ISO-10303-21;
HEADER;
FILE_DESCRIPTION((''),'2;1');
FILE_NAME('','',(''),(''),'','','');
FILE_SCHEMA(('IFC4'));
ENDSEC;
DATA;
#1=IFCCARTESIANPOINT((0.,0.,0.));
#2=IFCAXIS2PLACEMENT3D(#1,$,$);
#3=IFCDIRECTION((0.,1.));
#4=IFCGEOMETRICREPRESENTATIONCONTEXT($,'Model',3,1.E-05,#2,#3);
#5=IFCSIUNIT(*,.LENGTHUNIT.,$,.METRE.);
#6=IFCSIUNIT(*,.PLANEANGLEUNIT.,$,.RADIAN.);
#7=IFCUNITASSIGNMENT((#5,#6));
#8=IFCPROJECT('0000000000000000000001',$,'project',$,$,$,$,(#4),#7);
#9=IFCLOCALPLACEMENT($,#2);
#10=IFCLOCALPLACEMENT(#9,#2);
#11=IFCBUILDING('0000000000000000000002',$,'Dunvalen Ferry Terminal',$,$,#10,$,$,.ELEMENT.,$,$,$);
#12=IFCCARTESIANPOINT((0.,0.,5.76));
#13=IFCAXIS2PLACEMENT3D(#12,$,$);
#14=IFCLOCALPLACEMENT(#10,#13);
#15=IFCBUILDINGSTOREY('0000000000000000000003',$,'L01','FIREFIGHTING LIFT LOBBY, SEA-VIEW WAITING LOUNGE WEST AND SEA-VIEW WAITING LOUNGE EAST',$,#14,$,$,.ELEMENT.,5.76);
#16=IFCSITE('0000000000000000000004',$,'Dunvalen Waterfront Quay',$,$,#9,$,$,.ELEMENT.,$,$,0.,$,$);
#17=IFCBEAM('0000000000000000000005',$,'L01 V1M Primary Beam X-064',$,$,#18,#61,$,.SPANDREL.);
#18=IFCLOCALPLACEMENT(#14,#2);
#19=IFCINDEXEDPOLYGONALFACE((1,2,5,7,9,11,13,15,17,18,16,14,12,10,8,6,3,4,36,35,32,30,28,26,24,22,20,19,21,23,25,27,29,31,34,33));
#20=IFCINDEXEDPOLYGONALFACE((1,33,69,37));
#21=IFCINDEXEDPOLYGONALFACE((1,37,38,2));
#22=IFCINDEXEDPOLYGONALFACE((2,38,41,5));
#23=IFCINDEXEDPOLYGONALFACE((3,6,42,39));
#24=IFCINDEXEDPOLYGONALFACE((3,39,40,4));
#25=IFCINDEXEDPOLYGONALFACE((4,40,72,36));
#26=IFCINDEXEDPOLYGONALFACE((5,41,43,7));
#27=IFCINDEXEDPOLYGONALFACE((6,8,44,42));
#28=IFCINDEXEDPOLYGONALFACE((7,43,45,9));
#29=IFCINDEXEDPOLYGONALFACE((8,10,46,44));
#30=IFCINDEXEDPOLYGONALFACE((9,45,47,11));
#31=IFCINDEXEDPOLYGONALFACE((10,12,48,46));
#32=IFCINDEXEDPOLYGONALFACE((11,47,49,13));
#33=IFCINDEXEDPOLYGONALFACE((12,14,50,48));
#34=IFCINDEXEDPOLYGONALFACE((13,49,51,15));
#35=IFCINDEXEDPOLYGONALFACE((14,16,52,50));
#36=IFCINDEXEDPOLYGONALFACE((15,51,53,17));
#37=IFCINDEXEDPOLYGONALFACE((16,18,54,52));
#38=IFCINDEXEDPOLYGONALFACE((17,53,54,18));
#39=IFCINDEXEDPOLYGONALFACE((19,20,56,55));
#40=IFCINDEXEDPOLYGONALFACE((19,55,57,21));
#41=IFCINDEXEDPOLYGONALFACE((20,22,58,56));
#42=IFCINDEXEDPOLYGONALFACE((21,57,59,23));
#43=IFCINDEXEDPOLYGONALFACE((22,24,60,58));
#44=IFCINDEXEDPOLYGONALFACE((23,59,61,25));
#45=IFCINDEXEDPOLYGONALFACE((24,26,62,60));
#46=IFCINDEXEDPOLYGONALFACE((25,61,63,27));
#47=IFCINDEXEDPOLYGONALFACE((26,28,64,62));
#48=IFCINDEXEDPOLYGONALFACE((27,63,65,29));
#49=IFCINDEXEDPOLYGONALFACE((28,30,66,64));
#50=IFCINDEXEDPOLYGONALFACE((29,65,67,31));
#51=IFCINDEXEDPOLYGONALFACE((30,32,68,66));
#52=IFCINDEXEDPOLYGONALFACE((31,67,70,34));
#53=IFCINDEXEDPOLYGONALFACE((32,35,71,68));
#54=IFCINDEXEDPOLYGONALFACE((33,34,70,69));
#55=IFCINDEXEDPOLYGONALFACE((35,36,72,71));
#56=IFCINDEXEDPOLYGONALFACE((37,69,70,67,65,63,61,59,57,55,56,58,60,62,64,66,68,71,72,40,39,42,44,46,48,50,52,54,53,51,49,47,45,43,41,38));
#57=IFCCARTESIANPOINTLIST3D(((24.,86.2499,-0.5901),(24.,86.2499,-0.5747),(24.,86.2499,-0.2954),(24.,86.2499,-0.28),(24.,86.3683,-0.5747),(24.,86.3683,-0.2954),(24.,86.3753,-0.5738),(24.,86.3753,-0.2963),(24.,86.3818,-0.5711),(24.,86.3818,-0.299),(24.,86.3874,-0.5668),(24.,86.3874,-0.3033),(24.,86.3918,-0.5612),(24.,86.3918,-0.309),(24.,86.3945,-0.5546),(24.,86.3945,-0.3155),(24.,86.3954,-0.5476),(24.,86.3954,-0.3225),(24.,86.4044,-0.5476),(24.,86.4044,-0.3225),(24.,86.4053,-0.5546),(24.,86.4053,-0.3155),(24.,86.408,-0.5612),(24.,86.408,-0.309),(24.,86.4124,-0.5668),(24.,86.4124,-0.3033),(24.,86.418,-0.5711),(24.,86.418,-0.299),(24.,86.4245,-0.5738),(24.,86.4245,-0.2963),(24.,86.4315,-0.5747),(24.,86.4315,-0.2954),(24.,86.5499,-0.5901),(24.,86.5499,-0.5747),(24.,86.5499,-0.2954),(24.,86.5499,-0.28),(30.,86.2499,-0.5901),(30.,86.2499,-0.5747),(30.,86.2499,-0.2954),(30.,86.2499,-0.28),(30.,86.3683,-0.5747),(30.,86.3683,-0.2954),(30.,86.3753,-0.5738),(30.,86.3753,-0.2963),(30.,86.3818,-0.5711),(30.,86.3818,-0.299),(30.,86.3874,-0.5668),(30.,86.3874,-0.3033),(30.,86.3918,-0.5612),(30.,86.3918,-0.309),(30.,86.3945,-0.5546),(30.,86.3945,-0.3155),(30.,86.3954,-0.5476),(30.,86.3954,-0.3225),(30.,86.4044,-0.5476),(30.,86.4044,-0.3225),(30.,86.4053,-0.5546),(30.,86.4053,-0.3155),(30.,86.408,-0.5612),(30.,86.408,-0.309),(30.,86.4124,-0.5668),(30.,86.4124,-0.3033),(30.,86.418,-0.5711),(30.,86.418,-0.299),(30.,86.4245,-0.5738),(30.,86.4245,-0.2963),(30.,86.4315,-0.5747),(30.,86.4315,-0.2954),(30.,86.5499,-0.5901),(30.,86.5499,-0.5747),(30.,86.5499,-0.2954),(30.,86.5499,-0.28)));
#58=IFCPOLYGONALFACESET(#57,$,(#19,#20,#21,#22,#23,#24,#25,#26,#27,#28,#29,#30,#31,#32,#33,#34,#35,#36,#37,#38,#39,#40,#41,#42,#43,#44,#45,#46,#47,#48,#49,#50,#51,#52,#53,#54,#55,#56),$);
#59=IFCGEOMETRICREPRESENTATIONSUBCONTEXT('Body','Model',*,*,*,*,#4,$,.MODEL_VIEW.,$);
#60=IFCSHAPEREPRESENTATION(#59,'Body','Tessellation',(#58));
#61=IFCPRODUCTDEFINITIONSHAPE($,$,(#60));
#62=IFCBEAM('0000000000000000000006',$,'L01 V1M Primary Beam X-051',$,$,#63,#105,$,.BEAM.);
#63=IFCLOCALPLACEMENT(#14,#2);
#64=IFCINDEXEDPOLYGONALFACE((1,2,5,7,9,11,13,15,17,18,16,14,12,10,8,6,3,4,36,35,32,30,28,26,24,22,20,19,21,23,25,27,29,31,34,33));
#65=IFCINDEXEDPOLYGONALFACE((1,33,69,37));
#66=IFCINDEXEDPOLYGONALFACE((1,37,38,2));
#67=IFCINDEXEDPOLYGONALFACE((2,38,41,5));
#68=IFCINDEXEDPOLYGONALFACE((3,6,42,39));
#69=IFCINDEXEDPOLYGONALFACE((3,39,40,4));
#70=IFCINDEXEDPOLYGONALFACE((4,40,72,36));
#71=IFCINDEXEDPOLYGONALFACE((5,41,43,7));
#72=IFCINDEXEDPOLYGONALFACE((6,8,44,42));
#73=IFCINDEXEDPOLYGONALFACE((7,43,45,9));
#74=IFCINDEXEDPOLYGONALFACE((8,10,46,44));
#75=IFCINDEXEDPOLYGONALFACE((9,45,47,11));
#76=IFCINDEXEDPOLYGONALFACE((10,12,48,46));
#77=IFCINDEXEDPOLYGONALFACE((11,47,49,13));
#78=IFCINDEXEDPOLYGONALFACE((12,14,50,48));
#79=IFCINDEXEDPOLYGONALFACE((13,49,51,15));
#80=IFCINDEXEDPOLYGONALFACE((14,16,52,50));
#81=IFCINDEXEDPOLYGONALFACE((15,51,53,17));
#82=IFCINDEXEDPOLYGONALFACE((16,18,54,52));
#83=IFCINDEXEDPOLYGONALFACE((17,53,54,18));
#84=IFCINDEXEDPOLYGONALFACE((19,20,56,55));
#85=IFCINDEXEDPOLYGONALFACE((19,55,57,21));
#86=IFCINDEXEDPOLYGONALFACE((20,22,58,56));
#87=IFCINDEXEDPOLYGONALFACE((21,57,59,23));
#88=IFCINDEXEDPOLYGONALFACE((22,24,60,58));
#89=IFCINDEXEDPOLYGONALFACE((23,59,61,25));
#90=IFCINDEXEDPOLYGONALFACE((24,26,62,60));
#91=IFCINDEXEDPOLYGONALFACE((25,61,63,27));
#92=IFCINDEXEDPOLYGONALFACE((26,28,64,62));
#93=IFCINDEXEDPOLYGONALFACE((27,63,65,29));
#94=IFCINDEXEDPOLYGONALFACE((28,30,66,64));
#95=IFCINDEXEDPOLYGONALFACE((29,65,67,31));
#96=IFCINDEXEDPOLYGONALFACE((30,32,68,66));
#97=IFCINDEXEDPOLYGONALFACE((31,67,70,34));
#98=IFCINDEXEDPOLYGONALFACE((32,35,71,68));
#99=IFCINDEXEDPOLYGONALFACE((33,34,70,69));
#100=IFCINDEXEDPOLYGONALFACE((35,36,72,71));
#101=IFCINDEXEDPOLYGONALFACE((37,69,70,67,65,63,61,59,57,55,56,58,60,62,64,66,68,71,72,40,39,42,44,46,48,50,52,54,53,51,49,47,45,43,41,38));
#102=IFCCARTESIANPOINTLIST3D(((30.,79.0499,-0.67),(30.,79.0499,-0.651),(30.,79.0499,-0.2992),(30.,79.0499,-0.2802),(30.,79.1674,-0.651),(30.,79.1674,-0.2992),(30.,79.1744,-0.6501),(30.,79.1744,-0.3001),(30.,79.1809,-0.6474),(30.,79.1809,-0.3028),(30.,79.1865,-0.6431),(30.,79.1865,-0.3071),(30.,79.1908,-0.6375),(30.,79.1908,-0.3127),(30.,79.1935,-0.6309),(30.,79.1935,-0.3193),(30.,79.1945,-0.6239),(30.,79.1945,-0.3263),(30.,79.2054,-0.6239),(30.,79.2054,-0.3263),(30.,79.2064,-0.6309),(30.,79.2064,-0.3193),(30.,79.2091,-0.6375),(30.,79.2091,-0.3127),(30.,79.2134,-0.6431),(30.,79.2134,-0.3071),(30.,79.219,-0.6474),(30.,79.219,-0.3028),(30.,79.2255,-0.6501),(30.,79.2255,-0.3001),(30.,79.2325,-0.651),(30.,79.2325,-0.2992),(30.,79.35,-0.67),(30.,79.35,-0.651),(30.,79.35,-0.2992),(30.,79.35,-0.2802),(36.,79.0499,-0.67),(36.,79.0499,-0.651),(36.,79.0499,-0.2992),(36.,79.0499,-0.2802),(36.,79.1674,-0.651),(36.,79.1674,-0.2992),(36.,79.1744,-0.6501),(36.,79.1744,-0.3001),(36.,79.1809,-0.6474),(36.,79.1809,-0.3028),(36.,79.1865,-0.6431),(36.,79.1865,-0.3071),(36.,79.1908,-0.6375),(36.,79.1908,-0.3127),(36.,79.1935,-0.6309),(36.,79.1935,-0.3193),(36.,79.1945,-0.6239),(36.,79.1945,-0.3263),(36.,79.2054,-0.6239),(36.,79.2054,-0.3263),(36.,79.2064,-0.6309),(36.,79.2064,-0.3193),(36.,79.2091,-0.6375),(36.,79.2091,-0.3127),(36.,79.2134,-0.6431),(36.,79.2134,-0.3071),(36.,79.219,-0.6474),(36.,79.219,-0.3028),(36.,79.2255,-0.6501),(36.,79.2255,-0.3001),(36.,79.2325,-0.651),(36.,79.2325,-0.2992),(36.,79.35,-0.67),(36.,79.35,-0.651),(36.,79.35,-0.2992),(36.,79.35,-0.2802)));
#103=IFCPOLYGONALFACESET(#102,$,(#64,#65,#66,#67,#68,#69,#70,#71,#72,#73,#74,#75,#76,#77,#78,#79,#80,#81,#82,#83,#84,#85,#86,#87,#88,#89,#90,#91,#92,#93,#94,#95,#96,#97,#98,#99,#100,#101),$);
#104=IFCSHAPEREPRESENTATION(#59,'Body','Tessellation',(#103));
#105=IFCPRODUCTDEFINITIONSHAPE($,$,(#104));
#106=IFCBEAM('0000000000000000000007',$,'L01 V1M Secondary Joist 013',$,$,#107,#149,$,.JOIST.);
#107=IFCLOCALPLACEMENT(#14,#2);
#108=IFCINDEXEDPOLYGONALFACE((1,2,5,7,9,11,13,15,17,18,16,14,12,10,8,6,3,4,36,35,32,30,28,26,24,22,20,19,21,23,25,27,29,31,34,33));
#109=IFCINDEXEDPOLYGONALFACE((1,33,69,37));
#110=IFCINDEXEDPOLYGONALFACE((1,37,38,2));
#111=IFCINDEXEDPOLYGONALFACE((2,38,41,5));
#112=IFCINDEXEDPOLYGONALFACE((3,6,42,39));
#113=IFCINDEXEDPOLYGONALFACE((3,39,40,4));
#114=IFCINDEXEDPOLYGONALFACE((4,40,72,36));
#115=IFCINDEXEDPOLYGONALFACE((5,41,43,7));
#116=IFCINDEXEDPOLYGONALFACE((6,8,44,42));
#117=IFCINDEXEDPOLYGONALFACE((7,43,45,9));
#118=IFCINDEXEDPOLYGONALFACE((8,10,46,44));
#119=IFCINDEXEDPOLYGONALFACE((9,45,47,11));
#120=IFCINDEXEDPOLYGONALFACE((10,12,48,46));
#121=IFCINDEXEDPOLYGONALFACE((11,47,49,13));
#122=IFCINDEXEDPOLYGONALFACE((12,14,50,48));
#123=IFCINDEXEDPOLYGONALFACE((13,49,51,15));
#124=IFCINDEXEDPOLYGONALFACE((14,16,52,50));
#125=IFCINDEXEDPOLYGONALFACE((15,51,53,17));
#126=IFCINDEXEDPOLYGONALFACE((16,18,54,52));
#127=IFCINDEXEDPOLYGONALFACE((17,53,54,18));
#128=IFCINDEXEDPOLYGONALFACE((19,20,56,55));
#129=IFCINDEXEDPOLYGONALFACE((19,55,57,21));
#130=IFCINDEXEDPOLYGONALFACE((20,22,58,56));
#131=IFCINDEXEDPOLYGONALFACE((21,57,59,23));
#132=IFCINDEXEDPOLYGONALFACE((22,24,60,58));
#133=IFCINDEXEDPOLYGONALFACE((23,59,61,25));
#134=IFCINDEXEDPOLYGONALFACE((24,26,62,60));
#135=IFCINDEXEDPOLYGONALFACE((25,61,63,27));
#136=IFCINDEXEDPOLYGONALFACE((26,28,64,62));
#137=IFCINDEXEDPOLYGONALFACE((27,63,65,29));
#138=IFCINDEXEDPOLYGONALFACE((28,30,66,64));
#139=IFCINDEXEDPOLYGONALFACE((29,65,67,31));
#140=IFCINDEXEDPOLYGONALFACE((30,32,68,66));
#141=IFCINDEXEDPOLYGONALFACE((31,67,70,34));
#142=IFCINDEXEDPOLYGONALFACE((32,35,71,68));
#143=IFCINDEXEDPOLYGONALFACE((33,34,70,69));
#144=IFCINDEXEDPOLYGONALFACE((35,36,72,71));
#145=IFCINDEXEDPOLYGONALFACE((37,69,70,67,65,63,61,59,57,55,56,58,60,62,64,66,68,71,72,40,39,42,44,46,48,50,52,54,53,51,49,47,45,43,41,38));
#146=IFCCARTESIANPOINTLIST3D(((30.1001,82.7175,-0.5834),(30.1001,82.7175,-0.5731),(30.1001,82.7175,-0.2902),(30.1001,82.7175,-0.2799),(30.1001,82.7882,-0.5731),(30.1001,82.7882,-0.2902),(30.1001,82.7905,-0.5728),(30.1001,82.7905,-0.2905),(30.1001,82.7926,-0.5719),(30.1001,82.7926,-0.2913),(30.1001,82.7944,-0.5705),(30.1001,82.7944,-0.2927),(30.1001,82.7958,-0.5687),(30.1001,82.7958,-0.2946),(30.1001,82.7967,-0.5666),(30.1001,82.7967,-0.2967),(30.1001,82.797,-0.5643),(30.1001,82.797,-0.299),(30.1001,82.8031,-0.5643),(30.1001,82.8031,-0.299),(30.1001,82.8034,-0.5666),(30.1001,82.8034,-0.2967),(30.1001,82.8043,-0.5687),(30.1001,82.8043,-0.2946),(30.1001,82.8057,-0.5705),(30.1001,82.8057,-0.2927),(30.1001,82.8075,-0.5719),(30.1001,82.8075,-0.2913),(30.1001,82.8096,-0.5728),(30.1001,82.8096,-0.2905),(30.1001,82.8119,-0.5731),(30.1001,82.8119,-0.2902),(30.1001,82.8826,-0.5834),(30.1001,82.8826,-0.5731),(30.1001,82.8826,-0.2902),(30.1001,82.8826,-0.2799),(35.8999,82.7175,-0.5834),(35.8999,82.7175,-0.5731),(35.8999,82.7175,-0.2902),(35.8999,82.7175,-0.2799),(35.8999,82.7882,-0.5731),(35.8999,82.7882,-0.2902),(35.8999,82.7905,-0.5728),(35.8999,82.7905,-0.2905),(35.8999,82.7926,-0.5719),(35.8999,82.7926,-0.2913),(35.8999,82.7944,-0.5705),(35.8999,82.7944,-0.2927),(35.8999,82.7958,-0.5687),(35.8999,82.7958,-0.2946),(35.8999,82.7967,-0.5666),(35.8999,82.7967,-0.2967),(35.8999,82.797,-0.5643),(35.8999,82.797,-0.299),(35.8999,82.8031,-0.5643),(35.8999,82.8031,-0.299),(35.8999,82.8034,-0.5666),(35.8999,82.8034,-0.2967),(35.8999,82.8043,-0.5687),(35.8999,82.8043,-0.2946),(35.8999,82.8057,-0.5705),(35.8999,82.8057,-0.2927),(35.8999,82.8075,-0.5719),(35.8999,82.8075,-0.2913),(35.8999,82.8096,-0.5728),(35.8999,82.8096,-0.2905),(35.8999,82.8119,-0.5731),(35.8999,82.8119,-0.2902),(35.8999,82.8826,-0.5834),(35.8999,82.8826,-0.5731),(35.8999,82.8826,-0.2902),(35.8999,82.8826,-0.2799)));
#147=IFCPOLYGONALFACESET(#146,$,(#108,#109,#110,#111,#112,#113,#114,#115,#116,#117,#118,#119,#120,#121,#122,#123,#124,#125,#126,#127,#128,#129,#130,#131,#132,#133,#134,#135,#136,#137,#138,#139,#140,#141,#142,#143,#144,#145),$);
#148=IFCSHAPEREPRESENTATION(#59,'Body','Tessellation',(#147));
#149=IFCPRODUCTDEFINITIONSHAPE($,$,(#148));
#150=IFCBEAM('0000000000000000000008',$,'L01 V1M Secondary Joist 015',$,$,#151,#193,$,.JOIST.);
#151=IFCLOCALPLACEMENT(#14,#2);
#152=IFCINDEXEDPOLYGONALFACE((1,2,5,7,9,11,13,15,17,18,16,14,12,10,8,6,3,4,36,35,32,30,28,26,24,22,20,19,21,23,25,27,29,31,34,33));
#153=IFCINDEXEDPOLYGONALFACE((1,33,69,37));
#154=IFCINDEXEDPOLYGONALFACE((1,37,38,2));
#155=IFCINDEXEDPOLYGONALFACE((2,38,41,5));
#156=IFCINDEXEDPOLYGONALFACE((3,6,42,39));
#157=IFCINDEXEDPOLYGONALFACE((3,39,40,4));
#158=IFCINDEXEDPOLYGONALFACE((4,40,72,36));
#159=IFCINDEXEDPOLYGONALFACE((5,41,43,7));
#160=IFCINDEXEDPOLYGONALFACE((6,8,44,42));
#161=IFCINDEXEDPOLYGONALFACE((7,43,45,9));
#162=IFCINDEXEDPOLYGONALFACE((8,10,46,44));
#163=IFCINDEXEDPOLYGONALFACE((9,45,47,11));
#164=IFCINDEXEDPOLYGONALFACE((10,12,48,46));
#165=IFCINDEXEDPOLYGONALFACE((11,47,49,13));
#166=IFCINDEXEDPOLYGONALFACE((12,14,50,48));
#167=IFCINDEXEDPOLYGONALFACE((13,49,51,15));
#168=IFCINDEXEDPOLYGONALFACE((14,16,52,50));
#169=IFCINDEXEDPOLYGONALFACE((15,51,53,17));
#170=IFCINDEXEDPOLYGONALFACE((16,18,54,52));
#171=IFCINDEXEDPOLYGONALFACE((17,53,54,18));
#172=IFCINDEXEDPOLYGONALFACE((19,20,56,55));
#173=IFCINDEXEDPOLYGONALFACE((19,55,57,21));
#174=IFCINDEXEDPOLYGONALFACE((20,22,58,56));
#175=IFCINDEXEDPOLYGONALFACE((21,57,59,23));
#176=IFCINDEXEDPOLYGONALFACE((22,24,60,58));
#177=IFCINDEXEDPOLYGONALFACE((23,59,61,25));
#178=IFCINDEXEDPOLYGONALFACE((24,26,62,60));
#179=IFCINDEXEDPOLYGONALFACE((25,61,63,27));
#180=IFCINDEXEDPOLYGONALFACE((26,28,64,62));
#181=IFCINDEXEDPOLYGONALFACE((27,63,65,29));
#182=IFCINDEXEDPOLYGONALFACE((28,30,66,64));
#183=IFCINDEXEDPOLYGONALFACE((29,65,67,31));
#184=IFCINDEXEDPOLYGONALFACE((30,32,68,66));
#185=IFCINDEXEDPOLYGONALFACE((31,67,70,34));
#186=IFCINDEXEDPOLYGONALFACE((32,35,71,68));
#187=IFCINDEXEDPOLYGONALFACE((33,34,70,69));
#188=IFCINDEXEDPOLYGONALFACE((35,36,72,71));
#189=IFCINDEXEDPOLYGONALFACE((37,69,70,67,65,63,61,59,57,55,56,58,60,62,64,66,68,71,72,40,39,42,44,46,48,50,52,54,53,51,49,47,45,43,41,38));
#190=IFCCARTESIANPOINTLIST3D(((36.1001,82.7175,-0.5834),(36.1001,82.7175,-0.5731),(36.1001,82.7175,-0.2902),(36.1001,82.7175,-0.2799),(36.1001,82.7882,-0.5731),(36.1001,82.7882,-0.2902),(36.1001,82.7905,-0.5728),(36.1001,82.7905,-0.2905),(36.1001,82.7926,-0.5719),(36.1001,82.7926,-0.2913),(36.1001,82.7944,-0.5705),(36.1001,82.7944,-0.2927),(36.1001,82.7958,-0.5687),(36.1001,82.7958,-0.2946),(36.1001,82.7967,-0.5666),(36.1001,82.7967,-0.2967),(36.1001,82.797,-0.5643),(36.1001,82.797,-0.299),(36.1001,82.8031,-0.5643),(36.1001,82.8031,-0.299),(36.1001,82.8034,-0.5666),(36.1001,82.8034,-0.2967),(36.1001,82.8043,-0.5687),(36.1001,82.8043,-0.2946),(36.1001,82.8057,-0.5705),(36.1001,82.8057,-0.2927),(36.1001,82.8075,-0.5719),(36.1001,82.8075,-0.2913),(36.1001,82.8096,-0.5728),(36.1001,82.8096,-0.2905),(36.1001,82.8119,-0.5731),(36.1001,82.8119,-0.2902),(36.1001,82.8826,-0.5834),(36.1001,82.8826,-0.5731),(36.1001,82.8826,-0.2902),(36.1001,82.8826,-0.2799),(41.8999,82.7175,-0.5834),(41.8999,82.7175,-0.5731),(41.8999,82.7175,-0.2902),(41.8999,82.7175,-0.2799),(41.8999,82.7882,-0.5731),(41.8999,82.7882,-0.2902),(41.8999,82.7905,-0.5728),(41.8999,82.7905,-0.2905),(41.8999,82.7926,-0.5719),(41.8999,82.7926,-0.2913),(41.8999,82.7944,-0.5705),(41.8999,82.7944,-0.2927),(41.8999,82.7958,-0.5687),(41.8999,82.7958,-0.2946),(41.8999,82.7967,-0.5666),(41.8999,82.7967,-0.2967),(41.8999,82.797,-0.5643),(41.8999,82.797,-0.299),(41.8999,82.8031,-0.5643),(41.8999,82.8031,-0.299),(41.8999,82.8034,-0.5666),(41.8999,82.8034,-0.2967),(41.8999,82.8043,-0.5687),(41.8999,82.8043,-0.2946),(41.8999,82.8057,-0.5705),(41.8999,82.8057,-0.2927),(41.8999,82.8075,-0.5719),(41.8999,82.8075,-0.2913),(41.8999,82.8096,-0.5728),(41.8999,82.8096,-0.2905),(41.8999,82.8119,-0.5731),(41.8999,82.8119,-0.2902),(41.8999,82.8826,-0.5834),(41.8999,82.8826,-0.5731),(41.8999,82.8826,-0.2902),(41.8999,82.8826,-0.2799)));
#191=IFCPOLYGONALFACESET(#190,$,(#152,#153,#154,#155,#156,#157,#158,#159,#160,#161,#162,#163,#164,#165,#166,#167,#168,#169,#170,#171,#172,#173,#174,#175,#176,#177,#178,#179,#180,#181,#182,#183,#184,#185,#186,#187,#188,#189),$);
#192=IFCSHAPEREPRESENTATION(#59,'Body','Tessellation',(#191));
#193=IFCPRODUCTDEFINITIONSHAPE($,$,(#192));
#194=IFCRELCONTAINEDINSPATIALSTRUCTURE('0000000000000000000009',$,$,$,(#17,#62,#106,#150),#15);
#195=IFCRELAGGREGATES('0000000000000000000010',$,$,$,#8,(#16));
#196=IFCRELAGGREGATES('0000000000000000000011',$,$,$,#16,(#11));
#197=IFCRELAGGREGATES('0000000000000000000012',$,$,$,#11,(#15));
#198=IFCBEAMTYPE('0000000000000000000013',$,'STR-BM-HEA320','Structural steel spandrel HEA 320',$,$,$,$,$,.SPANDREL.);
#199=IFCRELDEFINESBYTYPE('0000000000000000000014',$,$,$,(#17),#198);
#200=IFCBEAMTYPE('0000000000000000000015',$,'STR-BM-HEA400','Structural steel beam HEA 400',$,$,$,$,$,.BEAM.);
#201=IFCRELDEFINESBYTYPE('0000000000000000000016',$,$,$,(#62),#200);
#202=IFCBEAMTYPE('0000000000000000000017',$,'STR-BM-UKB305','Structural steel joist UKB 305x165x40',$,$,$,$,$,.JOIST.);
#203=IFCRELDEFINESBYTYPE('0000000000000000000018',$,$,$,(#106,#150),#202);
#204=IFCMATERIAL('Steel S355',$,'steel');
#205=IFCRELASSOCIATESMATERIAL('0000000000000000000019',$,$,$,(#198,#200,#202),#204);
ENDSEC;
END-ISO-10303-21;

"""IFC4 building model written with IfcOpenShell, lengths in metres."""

from ifc_helpers import new_model, si_unit, direction, frame, origin, origin_2d, place, context, subcontext, project, spatial, i_section, extrude, material, material_profile, profile_set, type_object, element, save


model = new_model("IFC4")

# Units and contexts
model_context = context("Model", 3, precision=1e-05, world=origin(), true_north=direction((0.0, 1.0)))
body_context = subcontext(model_context, "Body", "Model", "MODEL_VIEW")
ifc_project = project(units=[si_unit("LENGTHUNIT", "METRE"), si_unit("PLANEANGLEUNIT", "RADIAN")], contexts=[model_context])

# Site, building, storey
site_placement = place(None, origin())
site = spatial("IfcSite", under=ifc_project, at=site_placement, Name="Dunvalen Waterfront Quay", CompositionType="ELEMENT", RefElevation=0.0)
building_placement = place(site_placement, origin())
building = spatial("IfcBuilding", under=site, at=building_placement, Name="Dunvalen Ferry Terminal", CompositionType="ELEMENT")
storey_placement = place(building_placement, frame((0.0, 0.0, 5.76)))
storey = spatial("IfcBuildingStorey", under=building, at=storey_placement, Name="L01", Description="FIREFIGHTING LIFT LOBBY, SEA-VIEW WAITING LOUNGE WEST AND SEA-VIEW WAITING LOUNGE EAST", CompositionType="ELEMENT", Elevation=5.76)

# Beams
ifc_material_1 = material(Name="Steel S355", Category="steel")
ifc_material_profile_1 = material_profile(ifc_material_1, i_section(OverallWidth=0.3, OverallDepth=0.3101, WebThickness=0.009, FlangeThickness=0.0154, FilletRadius=0.0271, at=origin_2d()), Name="Steel S355")
ifc_profile_set_1 = profile_set([ifc_material_profile_1], Name="Steel S355")
beam_type_1 = type_object("IfcBeamType", Name="STR-BM-HEA320", Description="Structural steel spandrel HEA 320", PredefinedType="SPANDREL", material=ifc_profile_set_1)
for number, where, z_axis, x_axis, name in (
    (1, (24.0, 86.3999, -0.4351), (1.0, 0.0, 0.0), (0.0, 1.0, 0.0), "L01 V1M Primary Beam X-064"),
):
    element("IfcBeam", number, at=place(storey_placement, frame(where, z_axis=z_axis, x_axis=x_axis)), inside=storey, type_object=beam_type_1, Name=name, PredefinedType="SPANDREL", context=body_context, shape_type="SweptSolid", body=[
        extrude(i_section(OverallWidth=0.3, OverallDepth=0.3101, WebThickness=0.009, FlangeThickness=0.0154, FilletRadius=0.0271, at=origin_2d()), origin(), (0.0, 0.0, 1.0), 6.0),
    ])
ifc_material_profile_2 = material_profile(ifc_material_1, i_section(OverallWidth=0.3, OverallDepth=0.3899, WebThickness=0.011, FlangeThickness=0.019, FilletRadius=0.0271, at=origin_2d()), Name="Steel S355")
ifc_profile_set_2 = profile_set([ifc_material_profile_2], Name="Steel S355")
beam_type_2 = type_object("IfcBeamType", Name="STR-BM-HEA400", Description="Structural steel beam HEA 400", PredefinedType="BEAM", material=ifc_profile_set_2)
beam_1_placement = place(storey_placement, frame((30.0, 79.2, -0.4751), z_axis=(1.0, 0.0, 0.0), x_axis=(0.0, 1.0, 0.0)))
element("IfcBeam", 2, at=beam_1_placement, inside=storey, type_object=beam_type_2, Name="L01 V1M Primary Beam X-051", PredefinedType="BEAM", context=body_context, shape_type="SweptSolid", body=[
    extrude(i_section(OverallWidth=0.3, OverallDepth=0.3899, WebThickness=0.011, FlangeThickness=0.019, FilletRadius=0.0271, at=origin_2d()), origin(), (0.0, 0.0, 1.0), 6.0),
])
ifc_material_profile_3 = material_profile(ifc_material_1, i_section(OverallWidth=0.165, OverallDepth=0.3035, WebThickness=0.0061, FlangeThickness=0.0103, FilletRadius=0.0088, at=origin_2d()), Name="Steel S355")
ifc_profile_set_3 = profile_set([ifc_material_profile_3], Name="Steel S355")
beam_type_3 = type_object("IfcBeamType", Name="STR-BM-UKB305", Description="Structural steel joist UKB 305x165x40", PredefinedType="JOIST", material=ifc_profile_set_3)
for number, where, z_axis, x_axis, name in (
    (3, (30.1001, 82.8, -0.4316), (1.0, 0.0, 0.0), (0.0, 1.0, 0.0), "L01 V1M Secondary Joist 013"),
    (4, (36.1001, 82.8, -0.4316), (1.0, 0.0, 0.0), (0.0, 1.0, 0.0), "L01 V1M Secondary Joist 015"),
):
    element("IfcBeam", number, at=place(storey_placement, frame(where, z_axis=z_axis, x_axis=x_axis)), inside=storey, type_object=beam_type_3, Name=name, PredefinedType="JOIST", context=body_context, shape_type="SweptSolid", body=[
        extrude(i_section(OverallWidth=0.165, OverallDepth=0.3035, WebThickness=0.0061, FlangeThickness=0.0103, FilletRadius=0.0088, at=origin_2d()), origin(), (0.0, 0.0, 1.0), 5.7998),
    ])

save(model, "model.ifc")
